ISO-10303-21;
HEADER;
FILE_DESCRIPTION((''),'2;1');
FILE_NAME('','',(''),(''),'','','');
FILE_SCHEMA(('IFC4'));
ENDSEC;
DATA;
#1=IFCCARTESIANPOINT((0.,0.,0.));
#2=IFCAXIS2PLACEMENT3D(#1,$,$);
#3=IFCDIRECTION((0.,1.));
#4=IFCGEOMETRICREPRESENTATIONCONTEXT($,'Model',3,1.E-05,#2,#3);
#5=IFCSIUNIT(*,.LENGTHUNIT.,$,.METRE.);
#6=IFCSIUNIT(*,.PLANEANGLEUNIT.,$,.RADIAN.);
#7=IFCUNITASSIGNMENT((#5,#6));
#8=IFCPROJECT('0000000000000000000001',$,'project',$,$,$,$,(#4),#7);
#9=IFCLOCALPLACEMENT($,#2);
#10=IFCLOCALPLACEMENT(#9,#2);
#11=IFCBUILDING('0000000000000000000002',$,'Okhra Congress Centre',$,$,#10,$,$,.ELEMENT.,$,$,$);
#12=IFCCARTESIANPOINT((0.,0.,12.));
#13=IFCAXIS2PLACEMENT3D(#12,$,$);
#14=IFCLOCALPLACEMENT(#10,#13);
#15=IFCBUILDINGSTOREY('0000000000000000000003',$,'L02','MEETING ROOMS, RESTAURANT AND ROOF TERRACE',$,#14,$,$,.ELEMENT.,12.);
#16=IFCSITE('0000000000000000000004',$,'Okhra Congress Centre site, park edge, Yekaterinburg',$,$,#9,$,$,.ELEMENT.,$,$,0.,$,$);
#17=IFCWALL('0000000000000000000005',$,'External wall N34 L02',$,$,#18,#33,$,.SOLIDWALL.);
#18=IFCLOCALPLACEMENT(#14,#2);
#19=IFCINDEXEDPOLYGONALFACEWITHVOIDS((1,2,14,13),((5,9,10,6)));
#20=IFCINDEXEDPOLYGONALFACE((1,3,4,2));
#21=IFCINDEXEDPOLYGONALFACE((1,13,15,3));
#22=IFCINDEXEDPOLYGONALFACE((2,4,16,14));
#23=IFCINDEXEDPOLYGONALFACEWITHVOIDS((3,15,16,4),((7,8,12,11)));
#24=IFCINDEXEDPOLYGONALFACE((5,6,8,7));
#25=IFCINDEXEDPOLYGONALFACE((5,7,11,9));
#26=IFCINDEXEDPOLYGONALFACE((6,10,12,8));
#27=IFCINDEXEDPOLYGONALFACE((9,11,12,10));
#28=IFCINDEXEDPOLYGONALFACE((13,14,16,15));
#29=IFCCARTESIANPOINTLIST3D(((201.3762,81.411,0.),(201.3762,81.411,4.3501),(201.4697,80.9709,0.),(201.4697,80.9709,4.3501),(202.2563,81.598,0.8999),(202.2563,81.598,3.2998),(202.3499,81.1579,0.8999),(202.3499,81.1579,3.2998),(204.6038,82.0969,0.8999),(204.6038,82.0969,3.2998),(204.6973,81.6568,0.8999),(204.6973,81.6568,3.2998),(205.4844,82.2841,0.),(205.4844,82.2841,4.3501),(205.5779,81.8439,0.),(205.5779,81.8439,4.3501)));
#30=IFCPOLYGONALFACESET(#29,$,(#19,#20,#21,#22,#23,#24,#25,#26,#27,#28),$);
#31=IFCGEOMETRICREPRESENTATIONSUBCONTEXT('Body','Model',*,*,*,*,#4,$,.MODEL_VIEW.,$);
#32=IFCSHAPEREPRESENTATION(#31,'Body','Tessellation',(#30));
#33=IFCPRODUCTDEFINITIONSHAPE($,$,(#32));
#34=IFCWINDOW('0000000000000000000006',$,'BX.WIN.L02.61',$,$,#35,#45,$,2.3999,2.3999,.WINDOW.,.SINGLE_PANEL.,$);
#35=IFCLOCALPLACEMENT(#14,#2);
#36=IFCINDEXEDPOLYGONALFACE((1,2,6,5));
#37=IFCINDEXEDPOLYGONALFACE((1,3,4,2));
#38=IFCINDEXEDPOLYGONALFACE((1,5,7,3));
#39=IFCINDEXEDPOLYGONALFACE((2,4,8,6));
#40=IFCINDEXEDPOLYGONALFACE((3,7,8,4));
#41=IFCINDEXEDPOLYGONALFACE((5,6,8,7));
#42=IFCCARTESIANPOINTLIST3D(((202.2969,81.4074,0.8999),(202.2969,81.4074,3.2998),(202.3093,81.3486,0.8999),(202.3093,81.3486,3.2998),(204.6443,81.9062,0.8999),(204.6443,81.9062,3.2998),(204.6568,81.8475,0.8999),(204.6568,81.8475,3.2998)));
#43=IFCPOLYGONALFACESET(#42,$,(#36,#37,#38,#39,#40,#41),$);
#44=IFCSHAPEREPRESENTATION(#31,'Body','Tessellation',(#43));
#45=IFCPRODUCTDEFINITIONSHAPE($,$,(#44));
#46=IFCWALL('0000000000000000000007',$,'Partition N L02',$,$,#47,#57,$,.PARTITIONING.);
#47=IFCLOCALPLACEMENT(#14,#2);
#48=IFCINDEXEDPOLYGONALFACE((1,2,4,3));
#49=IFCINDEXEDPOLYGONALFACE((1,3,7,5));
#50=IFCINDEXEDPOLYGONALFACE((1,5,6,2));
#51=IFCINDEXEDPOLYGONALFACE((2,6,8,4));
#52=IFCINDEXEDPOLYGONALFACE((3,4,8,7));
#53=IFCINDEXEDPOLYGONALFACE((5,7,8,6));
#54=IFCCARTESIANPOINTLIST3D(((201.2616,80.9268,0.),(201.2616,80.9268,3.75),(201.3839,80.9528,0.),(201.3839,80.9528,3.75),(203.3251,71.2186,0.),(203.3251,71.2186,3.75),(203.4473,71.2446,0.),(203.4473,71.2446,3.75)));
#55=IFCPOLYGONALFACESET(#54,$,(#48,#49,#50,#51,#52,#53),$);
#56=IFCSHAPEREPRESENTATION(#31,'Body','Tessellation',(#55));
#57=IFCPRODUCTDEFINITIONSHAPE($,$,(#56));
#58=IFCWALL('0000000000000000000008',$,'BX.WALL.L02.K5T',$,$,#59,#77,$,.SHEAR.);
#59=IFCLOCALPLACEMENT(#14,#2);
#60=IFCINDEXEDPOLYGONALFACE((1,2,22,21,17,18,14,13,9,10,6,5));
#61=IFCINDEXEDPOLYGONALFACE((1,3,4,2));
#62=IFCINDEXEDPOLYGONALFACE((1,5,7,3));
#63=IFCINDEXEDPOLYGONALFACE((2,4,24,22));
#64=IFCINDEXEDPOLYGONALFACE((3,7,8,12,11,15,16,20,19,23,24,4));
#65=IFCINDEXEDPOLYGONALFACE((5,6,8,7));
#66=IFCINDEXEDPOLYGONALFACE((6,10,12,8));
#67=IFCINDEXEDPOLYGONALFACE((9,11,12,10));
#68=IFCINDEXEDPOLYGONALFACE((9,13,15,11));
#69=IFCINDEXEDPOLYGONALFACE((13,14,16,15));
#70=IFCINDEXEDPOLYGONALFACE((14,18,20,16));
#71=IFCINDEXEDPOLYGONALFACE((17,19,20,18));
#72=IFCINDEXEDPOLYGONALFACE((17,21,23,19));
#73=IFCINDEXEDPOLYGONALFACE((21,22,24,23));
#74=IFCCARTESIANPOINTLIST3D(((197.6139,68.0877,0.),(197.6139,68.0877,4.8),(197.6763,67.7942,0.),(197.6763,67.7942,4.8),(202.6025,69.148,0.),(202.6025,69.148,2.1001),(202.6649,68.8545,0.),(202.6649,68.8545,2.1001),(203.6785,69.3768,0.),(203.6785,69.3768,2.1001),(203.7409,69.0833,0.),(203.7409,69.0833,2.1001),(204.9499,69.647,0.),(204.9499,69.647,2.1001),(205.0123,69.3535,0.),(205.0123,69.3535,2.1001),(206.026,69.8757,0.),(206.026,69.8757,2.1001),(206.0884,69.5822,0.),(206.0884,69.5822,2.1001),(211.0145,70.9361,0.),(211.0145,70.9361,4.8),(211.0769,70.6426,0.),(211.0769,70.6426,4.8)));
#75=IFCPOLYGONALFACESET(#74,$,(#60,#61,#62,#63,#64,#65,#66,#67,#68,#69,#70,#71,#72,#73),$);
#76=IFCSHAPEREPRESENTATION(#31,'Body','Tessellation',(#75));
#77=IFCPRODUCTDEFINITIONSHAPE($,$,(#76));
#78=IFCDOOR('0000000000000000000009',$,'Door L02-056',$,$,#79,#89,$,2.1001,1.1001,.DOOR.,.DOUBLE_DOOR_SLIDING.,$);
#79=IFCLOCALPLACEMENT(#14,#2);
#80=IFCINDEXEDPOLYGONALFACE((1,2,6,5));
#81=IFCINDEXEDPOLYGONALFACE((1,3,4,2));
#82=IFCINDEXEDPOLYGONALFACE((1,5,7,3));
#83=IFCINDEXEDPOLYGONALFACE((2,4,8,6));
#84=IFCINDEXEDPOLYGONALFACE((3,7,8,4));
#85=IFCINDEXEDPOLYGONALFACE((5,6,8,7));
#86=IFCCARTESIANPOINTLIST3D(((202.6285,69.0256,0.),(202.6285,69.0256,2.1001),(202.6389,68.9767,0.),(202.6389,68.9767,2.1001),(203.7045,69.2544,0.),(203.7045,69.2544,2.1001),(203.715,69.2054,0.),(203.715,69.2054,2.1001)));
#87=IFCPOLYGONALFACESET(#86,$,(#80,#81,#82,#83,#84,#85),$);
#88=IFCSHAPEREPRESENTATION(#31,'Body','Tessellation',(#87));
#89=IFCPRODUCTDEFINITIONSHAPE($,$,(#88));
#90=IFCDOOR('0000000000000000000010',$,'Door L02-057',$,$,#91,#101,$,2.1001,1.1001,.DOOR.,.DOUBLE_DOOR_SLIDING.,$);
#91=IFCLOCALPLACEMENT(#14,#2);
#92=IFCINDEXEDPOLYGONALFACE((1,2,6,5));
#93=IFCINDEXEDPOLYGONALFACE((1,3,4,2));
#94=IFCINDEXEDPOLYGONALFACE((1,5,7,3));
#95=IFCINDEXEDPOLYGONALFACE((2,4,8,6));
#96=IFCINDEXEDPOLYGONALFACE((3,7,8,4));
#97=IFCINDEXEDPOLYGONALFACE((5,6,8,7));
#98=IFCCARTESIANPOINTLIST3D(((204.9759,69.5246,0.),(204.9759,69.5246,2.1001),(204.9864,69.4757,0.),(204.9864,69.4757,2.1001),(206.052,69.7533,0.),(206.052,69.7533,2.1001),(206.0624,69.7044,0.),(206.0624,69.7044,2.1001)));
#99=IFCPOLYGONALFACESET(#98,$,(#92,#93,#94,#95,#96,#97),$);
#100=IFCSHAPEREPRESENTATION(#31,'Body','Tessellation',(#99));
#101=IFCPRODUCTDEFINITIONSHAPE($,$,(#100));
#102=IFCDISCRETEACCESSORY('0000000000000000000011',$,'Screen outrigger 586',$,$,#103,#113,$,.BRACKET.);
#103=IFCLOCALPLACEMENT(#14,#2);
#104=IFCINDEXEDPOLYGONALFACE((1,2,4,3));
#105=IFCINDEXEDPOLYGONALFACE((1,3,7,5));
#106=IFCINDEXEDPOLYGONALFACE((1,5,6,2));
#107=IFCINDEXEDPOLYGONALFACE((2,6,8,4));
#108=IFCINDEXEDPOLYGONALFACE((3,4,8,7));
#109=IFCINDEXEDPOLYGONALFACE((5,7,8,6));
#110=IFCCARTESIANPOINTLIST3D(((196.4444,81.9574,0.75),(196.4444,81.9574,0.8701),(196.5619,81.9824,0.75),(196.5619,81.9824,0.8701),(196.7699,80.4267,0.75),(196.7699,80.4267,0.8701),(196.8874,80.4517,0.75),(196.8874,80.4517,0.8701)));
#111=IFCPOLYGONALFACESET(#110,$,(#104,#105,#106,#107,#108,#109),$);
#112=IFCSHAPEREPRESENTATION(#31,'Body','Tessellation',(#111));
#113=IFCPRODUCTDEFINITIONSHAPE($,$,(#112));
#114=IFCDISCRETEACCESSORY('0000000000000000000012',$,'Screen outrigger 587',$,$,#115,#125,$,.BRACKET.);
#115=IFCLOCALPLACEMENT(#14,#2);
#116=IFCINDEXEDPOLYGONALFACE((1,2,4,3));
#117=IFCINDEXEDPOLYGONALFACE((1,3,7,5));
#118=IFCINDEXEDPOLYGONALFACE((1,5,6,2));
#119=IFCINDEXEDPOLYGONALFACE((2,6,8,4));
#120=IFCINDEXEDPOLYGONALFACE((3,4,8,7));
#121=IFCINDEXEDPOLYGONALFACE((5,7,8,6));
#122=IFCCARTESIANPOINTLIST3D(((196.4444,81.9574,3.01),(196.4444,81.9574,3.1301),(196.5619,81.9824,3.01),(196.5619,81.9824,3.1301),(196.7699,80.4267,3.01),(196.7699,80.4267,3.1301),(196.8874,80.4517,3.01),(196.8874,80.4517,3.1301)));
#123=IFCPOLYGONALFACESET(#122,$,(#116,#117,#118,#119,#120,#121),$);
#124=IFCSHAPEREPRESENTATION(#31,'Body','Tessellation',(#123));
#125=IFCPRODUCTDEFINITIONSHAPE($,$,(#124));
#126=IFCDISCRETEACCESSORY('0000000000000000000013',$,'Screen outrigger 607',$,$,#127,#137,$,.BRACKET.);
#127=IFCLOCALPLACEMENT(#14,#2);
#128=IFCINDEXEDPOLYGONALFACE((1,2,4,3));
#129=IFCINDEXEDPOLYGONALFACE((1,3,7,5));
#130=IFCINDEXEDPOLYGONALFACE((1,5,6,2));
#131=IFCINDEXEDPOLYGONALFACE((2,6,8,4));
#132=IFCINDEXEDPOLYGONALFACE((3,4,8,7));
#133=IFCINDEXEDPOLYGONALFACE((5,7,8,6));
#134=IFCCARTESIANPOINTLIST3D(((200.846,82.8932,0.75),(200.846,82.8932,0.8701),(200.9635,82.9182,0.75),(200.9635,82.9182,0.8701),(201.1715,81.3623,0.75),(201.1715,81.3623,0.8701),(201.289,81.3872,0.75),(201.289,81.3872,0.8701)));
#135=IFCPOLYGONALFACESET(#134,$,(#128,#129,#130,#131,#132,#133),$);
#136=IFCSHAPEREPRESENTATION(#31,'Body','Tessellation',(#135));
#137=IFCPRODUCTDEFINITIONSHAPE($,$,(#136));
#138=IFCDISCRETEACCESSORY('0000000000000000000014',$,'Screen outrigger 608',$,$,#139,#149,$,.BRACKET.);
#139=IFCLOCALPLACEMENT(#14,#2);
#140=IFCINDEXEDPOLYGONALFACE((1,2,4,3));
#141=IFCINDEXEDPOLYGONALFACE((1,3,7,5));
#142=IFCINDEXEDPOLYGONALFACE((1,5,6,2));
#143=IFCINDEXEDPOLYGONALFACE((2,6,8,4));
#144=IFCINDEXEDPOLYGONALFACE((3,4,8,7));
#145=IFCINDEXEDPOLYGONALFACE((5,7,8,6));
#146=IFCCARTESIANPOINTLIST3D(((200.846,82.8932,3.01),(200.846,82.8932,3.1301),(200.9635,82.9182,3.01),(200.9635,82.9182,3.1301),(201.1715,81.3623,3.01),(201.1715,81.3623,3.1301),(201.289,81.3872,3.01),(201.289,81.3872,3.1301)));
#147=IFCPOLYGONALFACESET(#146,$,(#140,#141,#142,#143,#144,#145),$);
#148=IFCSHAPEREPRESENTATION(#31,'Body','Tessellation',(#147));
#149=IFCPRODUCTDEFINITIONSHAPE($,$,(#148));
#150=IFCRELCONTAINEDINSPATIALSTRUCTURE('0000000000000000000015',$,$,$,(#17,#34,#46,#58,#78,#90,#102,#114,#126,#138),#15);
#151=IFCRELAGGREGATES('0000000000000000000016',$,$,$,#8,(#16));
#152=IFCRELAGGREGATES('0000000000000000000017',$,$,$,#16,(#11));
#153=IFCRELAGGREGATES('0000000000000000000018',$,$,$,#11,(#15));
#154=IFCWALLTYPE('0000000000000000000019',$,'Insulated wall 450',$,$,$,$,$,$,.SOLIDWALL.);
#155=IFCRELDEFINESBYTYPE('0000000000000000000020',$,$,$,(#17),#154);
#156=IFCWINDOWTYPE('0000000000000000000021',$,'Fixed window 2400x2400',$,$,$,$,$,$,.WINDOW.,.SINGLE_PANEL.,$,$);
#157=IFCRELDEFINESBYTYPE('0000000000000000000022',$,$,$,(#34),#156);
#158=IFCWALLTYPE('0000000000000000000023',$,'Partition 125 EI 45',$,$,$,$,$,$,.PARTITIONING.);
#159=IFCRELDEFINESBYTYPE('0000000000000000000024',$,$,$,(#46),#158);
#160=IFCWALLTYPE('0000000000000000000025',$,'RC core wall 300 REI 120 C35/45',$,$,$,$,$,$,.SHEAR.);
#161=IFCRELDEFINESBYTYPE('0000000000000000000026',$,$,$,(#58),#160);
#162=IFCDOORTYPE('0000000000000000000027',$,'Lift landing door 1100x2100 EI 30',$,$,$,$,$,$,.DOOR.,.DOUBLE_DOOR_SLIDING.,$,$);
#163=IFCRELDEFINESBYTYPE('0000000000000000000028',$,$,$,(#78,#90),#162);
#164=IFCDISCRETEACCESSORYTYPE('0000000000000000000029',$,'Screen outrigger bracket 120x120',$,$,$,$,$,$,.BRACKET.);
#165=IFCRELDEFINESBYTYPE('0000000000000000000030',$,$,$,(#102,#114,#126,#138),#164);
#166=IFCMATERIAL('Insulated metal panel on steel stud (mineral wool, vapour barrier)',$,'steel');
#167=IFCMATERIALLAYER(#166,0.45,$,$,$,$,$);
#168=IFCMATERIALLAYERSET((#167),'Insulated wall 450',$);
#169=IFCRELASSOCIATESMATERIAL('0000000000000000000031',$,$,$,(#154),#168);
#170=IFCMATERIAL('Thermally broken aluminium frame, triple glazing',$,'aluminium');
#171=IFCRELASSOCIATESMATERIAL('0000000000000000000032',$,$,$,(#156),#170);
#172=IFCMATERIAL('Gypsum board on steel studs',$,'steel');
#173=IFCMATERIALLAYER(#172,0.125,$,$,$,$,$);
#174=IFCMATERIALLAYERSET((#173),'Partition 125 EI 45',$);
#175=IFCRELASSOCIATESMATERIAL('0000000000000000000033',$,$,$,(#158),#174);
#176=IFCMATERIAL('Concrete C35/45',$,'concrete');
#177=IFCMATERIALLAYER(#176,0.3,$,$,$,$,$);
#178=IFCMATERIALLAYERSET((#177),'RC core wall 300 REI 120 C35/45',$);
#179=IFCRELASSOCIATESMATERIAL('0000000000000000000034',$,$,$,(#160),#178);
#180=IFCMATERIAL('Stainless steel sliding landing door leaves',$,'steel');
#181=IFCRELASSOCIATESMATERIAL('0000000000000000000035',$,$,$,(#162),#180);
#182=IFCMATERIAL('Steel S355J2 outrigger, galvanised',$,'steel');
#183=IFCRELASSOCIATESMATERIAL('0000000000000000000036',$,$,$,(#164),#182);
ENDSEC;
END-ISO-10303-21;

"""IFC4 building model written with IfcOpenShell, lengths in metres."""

from ifc_helpers import new_model, si_unit, direction, frame, frame_2d, origin, origin_2d, place, context, subcontext, project, spatial, rectangle, extrude, material, layer, layer_set, material_profile, profile_set, type_object, element, fill, save


model = new_model("IFC4")

# Units and contexts
model_context = context("Model", 3, precision=1e-05, world=origin(), true_north=direction((0.0, 1.0)))
body_context = subcontext(model_context, "Body", "Model", "MODEL_VIEW")
ifc_project = project(units=[si_unit("LENGTHUNIT", "METRE"), si_unit("PLANEANGLEUNIT", "RADIAN")], contexts=[model_context])

# Site, building, storey
site_placement = place(None, origin())
site = spatial("IfcSite", under=ifc_project, at=site_placement, Name="Okhra Congress Centre site, park edge, Yekaterinburg", CompositionType="ELEMENT", RefElevation=0.0)
building_placement = place(site_placement, origin())
building = spatial("IfcBuilding", under=site, at=building_placement, Name="Okhra Congress Centre", CompositionType="ELEMENT")
storey_placement = place(building_placement, frame((0.0, 0.0, 12.0)))
storey = spatial("IfcBuildingStorey", under=building, at=storey_placement, Name="L02", Description="MEETING ROOMS, RESTAURANT AND ROOF TERRACE", CompositionType="ELEMENT", Elevation=12.0)

# Wall, opening, window
ifc_material_1 = material(Name="Insulated metal panel on steel stud (mineral wool, vapour barrier)", Category="steel")
ifc_layer_1 = layer(ifc_material_1, 0.45)
ifc_layer_set_1 = layer_set([ifc_layer_1], Name="Insulated wall 450")
wall_type_1 = type_object("IfcWallType", Name="Insulated wall 450", PredefinedType="SOLIDWALL", material=ifc_layer_set_1)
ifc_material_2 = material(Name="Thermally broken aluminium frame, triple glazing", Category="aluminium")
window_type = type_object("IfcWindowType", Name="Fixed window 2400x2400", PartitioningType="SINGLE_PANEL", PredefinedType="WINDOW", material=ifc_material_2)
wall_1_placement = place(storey_placement, frame((201.4229, 81.1909, 0.0), z_axis=(0.0, 0.0, 1.0), x_axis=(0.978156, 0.207873, 0.0)))
wall_1 = element("IfcWall", 1, at=wall_1_placement, inside=storey, type_object=wall_type_1, Name="External wall N34 L02", PredefinedType="SOLIDWALL", context=body_context, shape_type="SweptSolid", body=[
    extrude(rectangle(XDim=4.2, YDim=0.45, at=frame_2d((2.1001, 0.0))), origin(), (0.0, 0.0, 1.0), 4.3501),
])
opening_1_placement = place(wall_1_placement, frame((0.8999, 0.0, 0.8999)))
opening_1 = element("IfcOpeningElement", 2, at=opening_1_placement, cuts=wall_1, PredefinedType="OPENING", context=body_context, shape_type="SweptSolid", body=[
    extrude(rectangle(XDim=2.3999, YDim=2.3999, at=frame_2d((1.2, 1.2))), frame((0.0, 0.2349, 0.0), z_axis=(0.0, -1.0, 0.0), x_axis=(1.0, 0.0, 0.0)), (0.0, 0.0, 1.0), 0.47),
])
window_1_placement = place(opening_1_placement, origin())
window_1 = element("IfcWindow", 3, at=window_1_placement, inside=storey, type_object=window_type, Name="BX.WIN.L02.61", OverallHeight=2.3999, OverallWidth=2.3999, PartitioningType="SINGLE_PANEL", PredefinedType="WINDOW", context=body_context, shape_type="SweptSolid", body=[
    extrude(rectangle(XDim=2.3999, YDim=2.3999, at=frame_2d((1.2, 1.2))), frame((0.0, 0.03, 0.0), z_axis=(0.0, -1.0, 0.0), x_axis=(1.0, 0.0, 0.0)), (0.0, 0.0, 1.0), 0.0601),
])
fill(opening_1, window_1)

# Wall
ifc_material_3 = material(Name="Gypsum board on steel studs", Category="steel")
ifc_layer_2 = layer(ifc_material_3, 0.125)
ifc_layer_set_2 = layer_set([ifc_layer_2], Name="Partition 125 EI 45")
wall_type_2 = type_object("IfcWallType", Name="Partition 125 EI 45", PredefinedType="PARTITIONING", material=ifc_layer_set_2)
wall_2_placement = place(storey_placement, frame((201.3228, 80.9397, 0.0), z_axis=(0.0, 0.0, 1.0), x_axis=(0.207904, -0.978149, 0.0)))
element("IfcWall", 4, at=wall_2_placement, inside=storey, type_object=wall_type_2, Name="Partition N L02", PredefinedType="PARTITIONING", context=body_context, shape_type="SweptSolid", body=[
    extrude(rectangle(XDim=9.925, YDim=0.125, at=frame_2d((4.9624, 0.0))), origin(), (0.0, 0.0, 1.0), 3.75),
])

# Wall, openings, doors
ifc_material_4 = material(Name="Concrete C35/45", Category="concrete")
ifc_layer_3 = layer(ifc_material_4, 0.3)
ifc_layer_set_3 = layer_set([ifc_layer_3], Name="RC core wall 300 REI 120 C35/45")
wall_type_3 = type_object("IfcWallType", Name="RC core wall 300 REI 120 C35/45", PredefinedType="SHEAR", material=ifc_layer_set_3)
wall_3_placement = place(storey_placement, frame((197.645, 67.9409, 0.0), z_axis=(0.0, 0.0, 1.0), x_axis=(0.978148, 0.207911, 0.0)))
wall_3 = element("IfcWall", 5, at=wall_3_placement, inside=storey, type_object=wall_type_3, Name="BX.WALL.L02.K5T", PredefinedType="SHEAR", context=body_context, shape_type="SweptSolid", body=[
    extrude(rectangle(XDim=13.7, YDim=0.3, at=frame_2d((6.8501, 0.0))), origin(), (0.0, 0.0, 1.0), 4.8),
])
opening_2_placement = place(wall_3_placement, frame((5.1001, 0.0, 0.0)))
opening_2 = element("IfcOpeningElement", 6, at=opening_2_placement, cuts=wall_3, PredefinedType="OPENING", context=body_context, shape_type="SweptSolid", body=[
    extrude(rectangle(XDim=1.1001, YDim=2.1001, at=frame_2d((0.55, 1.05))), frame((0.0, 0.1599, 0.0), z_axis=(0.0, -1.0, 0.0), x_axis=(1.0, 0.0, 0.0)), (0.0, 0.0, 1.0), 0.3201),
])
opening_3_placement = place(wall_3_placement, frame((7.5, 0.0, 0.0)))
opening_3 = element("IfcOpeningElement", 7, at=opening_3_placement, cuts=wall_3, PredefinedType="OPENING", context=body_context, shape_type="SweptSolid", body=[
    extrude(rectangle(XDim=1.1001, YDim=2.1001, at=frame_2d((0.55, 1.05))), frame((0.0, 0.1599, 0.0), z_axis=(0.0, -1.0, 0.0), x_axis=(1.0, 0.0, 0.0)), (0.0, 0.0, 1.0), 0.3201),
])
ifc_material_5 = material(Name="Stainless steel sliding landing door leaves", Category="steel")
door_type = type_object("IfcDoorType", Name="Lift landing door 1100x2100 EI 30", OperationType="DOUBLE_DOOR_SLIDING", PredefinedType="DOOR", material=ifc_material_5)
door_1_placement = place(opening_2_placement, origin())
door_1 = element("IfcDoor", 8, at=door_1_placement, inside=storey, type_object=door_type, Name="Door L02-056", OperationType="DOUBLE_DOOR_SLIDING", OverallHeight=2.1001, OverallWidth=1.1001, PredefinedType="DOOR", context=body_context, shape_type="SweptSolid", body=[
    extrude(rectangle(XDim=1.1001, YDim=2.1001, at=frame_2d((0.55, 1.05))), frame((0.0, 0.0249, 0.0), z_axis=(0.0, -1.0, 0.0), x_axis=(1.0, 0.0, 0.0)), (0.0, 0.0, 1.0), 0.05),
])
fill(opening_2, door_1)
door_2_placement = place(opening_3_placement, origin())
door_2 = element("IfcDoor", 9, at=door_2_placement, inside=storey, type_object=door_type, Name="Door L02-057", OperationType="DOUBLE_DOOR_SLIDING", OverallHeight=2.1001, OverallWidth=1.1001, PredefinedType="DOOR", context=body_context, shape_type="SweptSolid", body=[
    extrude(rectangle(XDim=1.1001, YDim=2.1001, at=frame_2d((0.55, 1.05))), frame((0.0, 0.0249, 0.0), z_axis=(0.0, -1.0, 0.0), x_axis=(1.0, 0.0, 0.0)), (0.0, 0.0, 1.0), 0.05),
])
fill(opening_3, door_2)

# Discrete accessories
ifc_material_6 = material(Name="Steel S355J2 outrigger, galvanised", Category="steel")
ifc_material_profile_1 = material_profile(ifc_material_6, rectangle(XDim=0.1201, YDim=0.1201, at=origin_2d()), Name="Screen outrigger bracket 120x120")
ifc_profile_set_1 = profile_set([ifc_material_profile_1], Name="Steel S355J2 outrigger, galvanised")
discrete_accessory_type = type_object("IfcDiscreteAccessoryType", Name="Screen outrigger bracket 120x120", PredefinedType="BRACKET", material=ifc_profile_set_1)
for number, where, z_axis, x_axis, name in (
    (10, (196.8286, 80.4392, 0.8101), (-0.207952, 0.978139, 0.0), (-0.978139, -0.207952, 0.0), "Screen outrigger 586"),
    (11, (196.8286, 80.4392, 3.0701), (-0.207952, 0.978139, 0.0), (-0.978139, -0.207952, 0.0), "Screen outrigger 587"),
):
    element("IfcDiscreteAccessory", number, at=place(storey_placement, frame(where, z_axis=z_axis, x_axis=x_axis)), inside=storey, type_object=discrete_accessory_type, Name=name, PredefinedType="BRACKET", context=body_context, shape_type="SweptSolid", body=[
        extrude(rectangle(XDim=0.1201, YDim=0.1201, at=origin_2d()), origin(), (0.0, 0.0, 1.0), 1.5649),
    ])
for number, where, z_axis, x_axis, name in (
    (12, (201.2302, 81.3748, 0.8101), (-0.20792, 0.978146, 0.0), (-0.978146, -0.20792, 0.0), "Screen outrigger 607"),
    (13, (201.2302, 81.3748, 3.0701), (-0.20792, 0.978146, 0.0), (-0.978146, -0.20792, 0.0), "Screen outrigger 608"),
):
    element("IfcDiscreteAccessory", number, at=place(storey_placement, frame(where, z_axis=z_axis, x_axis=x_axis)), inside=storey, type_object=discrete_accessory_type, Name=name, PredefinedType="BRACKET", context=body_context, shape_type="SweptSolid", body=[
        extrude(rectangle(XDim=0.1201, YDim=0.1201, at=origin_2d()), origin(), (0.0, 0.0, 1.0), 1.5652),
    ])

save(model, "model.ifc")
